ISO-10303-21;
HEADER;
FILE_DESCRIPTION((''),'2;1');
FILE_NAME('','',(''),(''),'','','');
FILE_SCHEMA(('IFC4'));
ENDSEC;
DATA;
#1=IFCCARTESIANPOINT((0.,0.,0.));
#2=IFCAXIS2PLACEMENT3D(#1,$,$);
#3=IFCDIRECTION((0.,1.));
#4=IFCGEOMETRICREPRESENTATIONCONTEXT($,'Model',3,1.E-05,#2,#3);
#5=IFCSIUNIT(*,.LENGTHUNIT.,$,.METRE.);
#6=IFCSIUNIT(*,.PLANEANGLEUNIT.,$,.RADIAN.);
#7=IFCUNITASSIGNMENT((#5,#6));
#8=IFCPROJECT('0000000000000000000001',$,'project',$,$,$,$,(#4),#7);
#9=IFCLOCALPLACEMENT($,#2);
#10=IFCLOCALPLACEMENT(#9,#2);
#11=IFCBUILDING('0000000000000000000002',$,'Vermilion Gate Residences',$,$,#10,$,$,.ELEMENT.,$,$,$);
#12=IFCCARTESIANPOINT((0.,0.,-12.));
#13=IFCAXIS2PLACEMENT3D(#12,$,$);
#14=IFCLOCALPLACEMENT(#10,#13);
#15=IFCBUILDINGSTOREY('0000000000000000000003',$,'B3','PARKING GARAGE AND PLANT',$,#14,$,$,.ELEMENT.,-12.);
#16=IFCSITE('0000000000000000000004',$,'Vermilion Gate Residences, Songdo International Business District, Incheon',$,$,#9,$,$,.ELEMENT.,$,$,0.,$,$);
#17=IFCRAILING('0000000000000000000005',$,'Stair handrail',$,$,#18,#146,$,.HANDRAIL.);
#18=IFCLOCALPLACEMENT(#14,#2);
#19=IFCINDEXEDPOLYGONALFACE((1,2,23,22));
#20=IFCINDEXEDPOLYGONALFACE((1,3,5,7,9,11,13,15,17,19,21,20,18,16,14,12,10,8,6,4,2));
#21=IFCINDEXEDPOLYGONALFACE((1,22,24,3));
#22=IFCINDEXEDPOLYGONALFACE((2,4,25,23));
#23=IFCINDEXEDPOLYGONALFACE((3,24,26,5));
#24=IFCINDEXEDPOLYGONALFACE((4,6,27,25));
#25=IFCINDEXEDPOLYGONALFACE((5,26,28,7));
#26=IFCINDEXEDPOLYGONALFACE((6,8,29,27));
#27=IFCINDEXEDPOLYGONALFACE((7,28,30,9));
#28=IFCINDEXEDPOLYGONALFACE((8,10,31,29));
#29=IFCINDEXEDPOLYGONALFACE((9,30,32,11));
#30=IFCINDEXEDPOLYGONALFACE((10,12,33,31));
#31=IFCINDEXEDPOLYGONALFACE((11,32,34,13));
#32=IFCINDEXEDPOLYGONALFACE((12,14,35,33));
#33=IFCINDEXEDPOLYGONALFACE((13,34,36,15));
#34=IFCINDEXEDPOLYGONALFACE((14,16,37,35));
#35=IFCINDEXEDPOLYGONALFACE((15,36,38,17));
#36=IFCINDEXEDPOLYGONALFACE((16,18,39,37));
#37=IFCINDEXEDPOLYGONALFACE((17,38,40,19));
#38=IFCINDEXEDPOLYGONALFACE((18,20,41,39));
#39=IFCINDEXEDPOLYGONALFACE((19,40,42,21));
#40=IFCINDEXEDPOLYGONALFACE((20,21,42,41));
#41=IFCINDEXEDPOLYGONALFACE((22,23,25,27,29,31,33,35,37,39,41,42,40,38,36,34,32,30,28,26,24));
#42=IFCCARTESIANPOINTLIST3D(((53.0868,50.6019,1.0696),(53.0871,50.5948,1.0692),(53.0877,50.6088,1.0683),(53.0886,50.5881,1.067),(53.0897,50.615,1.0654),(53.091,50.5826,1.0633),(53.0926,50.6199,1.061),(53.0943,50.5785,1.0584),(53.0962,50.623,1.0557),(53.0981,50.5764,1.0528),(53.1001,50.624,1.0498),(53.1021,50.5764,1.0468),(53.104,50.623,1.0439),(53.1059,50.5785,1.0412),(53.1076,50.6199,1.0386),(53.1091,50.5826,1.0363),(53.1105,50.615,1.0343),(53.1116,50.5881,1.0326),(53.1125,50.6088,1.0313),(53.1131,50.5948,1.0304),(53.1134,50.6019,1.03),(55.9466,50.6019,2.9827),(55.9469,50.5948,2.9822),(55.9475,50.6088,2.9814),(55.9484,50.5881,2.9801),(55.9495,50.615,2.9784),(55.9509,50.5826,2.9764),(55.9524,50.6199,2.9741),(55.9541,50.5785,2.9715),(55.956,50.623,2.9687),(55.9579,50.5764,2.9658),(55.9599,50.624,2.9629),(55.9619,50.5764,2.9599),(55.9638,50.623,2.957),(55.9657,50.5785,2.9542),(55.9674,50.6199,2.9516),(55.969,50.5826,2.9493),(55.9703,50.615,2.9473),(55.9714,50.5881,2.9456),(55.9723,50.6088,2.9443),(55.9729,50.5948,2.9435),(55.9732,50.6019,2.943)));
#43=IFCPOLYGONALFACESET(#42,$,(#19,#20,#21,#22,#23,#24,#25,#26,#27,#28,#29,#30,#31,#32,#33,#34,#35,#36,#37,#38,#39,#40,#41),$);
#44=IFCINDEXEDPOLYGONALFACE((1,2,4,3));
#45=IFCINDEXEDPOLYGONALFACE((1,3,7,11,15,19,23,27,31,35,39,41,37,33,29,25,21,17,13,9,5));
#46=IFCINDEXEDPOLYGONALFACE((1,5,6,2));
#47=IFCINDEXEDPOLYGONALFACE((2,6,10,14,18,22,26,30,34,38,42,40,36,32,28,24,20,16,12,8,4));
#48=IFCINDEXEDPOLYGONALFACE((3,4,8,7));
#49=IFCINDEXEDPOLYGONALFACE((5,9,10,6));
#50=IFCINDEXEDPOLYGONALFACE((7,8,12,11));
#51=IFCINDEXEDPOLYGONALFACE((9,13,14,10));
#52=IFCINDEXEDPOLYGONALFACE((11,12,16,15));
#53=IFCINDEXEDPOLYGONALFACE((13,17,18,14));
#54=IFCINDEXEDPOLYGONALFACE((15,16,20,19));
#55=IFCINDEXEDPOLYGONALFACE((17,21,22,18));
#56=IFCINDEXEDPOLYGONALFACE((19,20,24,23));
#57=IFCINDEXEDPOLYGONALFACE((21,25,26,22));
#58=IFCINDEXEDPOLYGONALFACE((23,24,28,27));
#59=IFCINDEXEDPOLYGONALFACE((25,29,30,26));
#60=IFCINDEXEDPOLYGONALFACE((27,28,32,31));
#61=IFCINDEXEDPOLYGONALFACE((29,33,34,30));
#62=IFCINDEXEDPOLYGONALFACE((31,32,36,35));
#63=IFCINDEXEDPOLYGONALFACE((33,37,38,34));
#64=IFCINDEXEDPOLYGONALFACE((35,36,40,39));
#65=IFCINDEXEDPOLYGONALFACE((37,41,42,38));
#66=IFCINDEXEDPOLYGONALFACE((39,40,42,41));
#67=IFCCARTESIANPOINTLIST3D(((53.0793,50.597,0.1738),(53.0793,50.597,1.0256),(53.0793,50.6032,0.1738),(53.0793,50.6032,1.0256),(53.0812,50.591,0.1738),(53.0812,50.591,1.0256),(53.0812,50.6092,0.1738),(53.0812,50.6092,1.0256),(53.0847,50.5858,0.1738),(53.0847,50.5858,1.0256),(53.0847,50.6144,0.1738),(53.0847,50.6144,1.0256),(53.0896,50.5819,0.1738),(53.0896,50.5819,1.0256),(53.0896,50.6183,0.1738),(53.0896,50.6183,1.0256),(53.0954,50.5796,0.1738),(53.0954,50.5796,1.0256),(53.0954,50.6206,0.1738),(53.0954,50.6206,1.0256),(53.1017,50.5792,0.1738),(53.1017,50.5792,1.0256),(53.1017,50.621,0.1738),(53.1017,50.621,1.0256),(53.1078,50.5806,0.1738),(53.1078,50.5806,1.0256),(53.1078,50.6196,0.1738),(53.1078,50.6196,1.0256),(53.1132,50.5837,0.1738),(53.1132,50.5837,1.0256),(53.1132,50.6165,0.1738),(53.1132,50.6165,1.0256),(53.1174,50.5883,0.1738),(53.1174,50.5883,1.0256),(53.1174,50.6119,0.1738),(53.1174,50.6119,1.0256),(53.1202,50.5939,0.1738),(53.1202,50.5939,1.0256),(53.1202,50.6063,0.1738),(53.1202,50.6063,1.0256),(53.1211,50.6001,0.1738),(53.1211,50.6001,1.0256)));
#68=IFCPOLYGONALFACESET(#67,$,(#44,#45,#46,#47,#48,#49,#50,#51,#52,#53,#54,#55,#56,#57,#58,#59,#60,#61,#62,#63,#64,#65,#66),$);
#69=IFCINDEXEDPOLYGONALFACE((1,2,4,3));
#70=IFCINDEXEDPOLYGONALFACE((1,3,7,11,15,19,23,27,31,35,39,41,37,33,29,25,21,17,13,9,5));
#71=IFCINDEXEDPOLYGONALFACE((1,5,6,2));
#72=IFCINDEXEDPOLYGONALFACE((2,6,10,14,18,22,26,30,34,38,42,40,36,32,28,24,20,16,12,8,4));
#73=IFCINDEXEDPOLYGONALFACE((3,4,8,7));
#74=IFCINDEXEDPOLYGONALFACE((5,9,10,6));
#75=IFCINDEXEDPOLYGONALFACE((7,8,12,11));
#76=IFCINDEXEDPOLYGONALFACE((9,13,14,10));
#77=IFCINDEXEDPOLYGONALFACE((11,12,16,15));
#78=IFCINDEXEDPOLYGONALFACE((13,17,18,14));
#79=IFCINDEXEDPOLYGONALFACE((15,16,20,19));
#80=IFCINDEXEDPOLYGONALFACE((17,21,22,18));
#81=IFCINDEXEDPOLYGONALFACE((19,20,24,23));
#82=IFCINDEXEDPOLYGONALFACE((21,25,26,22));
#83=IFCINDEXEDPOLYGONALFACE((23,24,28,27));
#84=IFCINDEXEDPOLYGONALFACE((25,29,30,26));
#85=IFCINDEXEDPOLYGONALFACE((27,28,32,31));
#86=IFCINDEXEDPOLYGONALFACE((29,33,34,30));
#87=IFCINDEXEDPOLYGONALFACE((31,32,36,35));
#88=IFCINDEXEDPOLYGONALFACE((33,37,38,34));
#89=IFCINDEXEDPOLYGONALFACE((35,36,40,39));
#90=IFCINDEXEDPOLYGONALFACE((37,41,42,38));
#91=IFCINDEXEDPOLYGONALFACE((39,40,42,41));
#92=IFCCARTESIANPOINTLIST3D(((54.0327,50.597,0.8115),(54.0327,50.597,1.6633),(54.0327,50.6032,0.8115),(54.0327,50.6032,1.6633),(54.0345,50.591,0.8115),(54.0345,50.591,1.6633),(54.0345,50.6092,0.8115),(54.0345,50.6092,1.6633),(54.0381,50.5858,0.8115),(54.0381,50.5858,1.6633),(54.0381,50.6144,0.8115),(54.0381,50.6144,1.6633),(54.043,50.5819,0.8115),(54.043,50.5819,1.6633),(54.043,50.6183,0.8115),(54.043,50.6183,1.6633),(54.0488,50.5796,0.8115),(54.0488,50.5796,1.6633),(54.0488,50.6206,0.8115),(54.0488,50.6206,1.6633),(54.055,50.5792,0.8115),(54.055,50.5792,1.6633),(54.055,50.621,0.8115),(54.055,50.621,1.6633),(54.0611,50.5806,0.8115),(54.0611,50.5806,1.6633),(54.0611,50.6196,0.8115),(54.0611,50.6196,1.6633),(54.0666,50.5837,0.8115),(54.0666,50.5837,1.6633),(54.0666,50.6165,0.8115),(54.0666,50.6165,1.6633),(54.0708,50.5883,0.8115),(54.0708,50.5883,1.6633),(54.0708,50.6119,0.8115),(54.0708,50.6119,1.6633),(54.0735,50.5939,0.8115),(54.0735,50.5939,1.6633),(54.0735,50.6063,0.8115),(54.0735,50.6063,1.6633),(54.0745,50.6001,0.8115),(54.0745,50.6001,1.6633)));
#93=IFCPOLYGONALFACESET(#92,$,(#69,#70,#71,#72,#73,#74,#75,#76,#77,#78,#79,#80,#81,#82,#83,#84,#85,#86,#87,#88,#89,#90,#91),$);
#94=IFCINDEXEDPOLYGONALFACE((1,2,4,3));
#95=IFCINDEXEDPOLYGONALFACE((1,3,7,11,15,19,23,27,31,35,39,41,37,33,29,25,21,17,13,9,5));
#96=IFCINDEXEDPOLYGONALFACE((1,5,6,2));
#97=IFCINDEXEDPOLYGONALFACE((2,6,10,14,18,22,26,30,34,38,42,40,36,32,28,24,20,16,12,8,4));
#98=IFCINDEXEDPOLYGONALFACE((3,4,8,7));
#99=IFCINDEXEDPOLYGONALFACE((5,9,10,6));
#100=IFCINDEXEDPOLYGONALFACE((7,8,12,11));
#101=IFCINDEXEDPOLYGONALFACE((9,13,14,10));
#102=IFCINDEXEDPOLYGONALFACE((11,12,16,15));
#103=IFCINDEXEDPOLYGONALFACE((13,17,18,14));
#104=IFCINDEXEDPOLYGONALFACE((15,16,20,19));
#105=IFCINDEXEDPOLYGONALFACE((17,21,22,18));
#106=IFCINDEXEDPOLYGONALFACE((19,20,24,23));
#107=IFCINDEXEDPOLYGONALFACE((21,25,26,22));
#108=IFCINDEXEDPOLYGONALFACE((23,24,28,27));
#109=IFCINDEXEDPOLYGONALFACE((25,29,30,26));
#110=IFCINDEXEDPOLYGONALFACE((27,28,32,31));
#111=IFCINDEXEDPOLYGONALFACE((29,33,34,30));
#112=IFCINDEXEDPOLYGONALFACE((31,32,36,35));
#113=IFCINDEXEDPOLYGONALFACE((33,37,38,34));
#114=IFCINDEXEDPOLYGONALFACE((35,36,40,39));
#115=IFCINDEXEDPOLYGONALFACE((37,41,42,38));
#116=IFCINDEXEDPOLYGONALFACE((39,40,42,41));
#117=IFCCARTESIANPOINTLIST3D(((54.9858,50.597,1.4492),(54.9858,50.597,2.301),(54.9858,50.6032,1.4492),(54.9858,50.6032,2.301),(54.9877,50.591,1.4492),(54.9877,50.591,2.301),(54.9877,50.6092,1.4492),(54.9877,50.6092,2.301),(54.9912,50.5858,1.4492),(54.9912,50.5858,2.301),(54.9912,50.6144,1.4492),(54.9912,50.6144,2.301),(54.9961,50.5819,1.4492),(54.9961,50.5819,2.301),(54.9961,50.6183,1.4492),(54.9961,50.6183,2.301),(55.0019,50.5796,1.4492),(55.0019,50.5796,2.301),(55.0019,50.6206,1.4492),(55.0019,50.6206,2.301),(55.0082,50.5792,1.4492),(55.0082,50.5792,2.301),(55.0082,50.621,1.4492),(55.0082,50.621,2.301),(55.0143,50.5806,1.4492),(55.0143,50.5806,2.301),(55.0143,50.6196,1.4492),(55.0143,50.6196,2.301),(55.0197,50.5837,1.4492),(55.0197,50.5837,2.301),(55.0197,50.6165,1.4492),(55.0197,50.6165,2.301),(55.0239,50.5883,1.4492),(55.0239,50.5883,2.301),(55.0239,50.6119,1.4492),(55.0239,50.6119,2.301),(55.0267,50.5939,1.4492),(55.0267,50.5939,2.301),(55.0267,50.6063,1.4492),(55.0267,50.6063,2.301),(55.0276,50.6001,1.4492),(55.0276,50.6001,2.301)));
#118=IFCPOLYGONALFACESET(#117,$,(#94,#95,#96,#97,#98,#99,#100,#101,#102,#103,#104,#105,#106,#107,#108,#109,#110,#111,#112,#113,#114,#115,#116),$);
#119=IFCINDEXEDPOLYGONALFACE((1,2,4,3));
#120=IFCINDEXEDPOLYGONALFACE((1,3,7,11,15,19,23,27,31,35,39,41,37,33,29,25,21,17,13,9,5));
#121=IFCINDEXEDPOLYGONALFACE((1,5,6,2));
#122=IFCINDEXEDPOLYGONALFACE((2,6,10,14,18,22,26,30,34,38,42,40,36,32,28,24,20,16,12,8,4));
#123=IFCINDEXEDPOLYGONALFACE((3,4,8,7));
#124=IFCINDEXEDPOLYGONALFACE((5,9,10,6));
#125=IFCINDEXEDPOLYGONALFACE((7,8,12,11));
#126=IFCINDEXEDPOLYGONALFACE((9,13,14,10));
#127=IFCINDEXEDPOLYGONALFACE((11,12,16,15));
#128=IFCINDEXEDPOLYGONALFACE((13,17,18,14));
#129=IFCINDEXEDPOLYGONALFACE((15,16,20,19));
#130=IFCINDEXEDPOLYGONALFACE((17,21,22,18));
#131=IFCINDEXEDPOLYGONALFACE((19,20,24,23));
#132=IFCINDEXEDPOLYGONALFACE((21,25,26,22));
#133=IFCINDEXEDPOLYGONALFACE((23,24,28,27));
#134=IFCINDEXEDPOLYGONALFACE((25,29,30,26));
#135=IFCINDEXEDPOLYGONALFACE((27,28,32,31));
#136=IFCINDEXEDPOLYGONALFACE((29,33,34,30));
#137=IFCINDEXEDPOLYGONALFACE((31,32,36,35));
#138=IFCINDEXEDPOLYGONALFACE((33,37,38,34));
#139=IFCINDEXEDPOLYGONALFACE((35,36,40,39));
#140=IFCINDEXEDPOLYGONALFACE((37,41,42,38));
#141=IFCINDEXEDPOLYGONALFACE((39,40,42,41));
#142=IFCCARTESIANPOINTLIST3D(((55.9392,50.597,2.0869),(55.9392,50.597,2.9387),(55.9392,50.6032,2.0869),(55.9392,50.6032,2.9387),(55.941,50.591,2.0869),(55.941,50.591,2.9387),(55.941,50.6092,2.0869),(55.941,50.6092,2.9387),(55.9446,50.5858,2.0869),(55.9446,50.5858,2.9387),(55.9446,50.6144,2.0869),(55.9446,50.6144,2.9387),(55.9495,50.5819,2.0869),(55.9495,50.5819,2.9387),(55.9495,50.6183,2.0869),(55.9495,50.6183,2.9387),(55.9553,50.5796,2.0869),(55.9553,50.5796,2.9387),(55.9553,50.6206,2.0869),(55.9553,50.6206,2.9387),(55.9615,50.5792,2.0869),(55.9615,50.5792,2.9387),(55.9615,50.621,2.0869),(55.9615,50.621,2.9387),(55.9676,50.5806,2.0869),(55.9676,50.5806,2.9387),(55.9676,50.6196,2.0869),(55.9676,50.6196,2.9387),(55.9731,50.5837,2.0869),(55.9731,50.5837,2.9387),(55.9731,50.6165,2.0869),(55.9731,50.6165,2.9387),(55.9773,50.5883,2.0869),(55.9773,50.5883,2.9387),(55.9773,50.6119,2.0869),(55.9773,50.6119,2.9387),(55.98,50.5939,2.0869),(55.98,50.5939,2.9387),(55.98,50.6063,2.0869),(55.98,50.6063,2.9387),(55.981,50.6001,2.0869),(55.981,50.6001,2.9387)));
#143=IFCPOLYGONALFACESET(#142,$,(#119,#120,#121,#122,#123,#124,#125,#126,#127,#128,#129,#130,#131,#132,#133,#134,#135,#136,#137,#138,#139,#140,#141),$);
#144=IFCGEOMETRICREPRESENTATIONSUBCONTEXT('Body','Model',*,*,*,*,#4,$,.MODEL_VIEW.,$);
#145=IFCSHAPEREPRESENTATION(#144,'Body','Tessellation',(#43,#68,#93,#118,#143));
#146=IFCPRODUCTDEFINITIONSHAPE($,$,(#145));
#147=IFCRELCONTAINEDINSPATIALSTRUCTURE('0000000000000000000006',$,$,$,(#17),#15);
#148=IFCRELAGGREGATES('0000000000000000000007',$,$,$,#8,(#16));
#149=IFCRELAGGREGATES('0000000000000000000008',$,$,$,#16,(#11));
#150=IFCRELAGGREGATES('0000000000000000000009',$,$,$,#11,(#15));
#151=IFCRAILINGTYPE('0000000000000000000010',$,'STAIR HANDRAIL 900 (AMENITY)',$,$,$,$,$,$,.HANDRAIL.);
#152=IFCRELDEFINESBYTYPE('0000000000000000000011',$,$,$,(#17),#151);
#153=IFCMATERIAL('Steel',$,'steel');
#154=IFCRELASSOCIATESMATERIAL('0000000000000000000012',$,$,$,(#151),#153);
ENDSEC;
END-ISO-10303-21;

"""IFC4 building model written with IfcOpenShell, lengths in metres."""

from ifc_helpers import new_model, si_unit, direction, frame, origin, origin_2d, place, context, subcontext, project, spatial, circle, extrude, material, type_object, element, save


model = new_model("IFC4")

# Units and contexts
model_context = context("Model", 3, precision=1e-05, world=origin(), true_north=direction((0.0, 1.0)))
body_context = subcontext(model_context, "Body", "Model", "MODEL_VIEW")
ifc_project = project(units=[si_unit("LENGTHUNIT", "METRE"), si_unit("PLANEANGLEUNIT", "RADIAN")], contexts=[model_context])

# Site, building, storey
site_placement = place(None, origin())
site = spatial("IfcSite", under=ifc_project, at=site_placement, Name="Vermilion Gate Residences, Songdo International Business District, Incheon", CompositionType="ELEMENT", RefElevation=0.0)
building_placement = place(site_placement, origin())
building = spatial("IfcBuilding", under=site, at=building_placement, Name="Vermilion Gate Residences", CompositionType="ELEMENT")
storey_placement = place(building_placement, frame((0.0, 0.0, -12.0)))
storey = spatial("IfcBuildingStorey", under=building, at=storey_placement, Name="B3", Description="PARKING GARAGE AND PLANT", CompositionType="ELEMENT", Elevation=-12.0)

# Railing
ifc_material_1 = material(Name="Steel", Category="steel")
railing_type = type_object("IfcRailingType", Name="STAIR HANDRAIL 900 (AMENITY)", PredefinedType="HANDRAIL", material=ifc_material_1)
railing_1_placement = place(storey_placement, frame((53.1001, 50.6001, 0.1738)))
element("IfcRailing", 1, at=railing_1_placement, inside=storey, type_object=railing_type, Name="Stair handrail", PredefinedType="HANDRAIL", context=body_context, shape_type="SweptSolid", body=[
    extrude(circle(Radius=0.0239, at=origin_2d()), frame((0.0, 0.0, 0.876), z_axis=(0.831176, 0.0, 0.556009), x_axis=(0.0, 1.0, 0.0)), (0.0, 0.0, 1.0), 3.4407),
    extrude(circle(Radius=0.021, at=origin_2d()), origin(), (0.0, 0.0, 1.0), 0.8518),
    extrude(circle(Radius=0.021, at=origin_2d()), frame((0.9534, 0.0, 0.6377)), (0.0, 0.0, 1.0), 0.8518),
    extrude(circle(Radius=0.021, at=origin_2d()), frame((1.9065, 0.0, 1.2754)), (0.0, 0.0, 1.0), 0.8518),
    extrude(circle(Radius=0.021, at=origin_2d()), frame((2.8599, 0.0, 1.9131)), (0.0, 0.0, 1.0), 0.8518),
])

save(model, "model.ifc")
